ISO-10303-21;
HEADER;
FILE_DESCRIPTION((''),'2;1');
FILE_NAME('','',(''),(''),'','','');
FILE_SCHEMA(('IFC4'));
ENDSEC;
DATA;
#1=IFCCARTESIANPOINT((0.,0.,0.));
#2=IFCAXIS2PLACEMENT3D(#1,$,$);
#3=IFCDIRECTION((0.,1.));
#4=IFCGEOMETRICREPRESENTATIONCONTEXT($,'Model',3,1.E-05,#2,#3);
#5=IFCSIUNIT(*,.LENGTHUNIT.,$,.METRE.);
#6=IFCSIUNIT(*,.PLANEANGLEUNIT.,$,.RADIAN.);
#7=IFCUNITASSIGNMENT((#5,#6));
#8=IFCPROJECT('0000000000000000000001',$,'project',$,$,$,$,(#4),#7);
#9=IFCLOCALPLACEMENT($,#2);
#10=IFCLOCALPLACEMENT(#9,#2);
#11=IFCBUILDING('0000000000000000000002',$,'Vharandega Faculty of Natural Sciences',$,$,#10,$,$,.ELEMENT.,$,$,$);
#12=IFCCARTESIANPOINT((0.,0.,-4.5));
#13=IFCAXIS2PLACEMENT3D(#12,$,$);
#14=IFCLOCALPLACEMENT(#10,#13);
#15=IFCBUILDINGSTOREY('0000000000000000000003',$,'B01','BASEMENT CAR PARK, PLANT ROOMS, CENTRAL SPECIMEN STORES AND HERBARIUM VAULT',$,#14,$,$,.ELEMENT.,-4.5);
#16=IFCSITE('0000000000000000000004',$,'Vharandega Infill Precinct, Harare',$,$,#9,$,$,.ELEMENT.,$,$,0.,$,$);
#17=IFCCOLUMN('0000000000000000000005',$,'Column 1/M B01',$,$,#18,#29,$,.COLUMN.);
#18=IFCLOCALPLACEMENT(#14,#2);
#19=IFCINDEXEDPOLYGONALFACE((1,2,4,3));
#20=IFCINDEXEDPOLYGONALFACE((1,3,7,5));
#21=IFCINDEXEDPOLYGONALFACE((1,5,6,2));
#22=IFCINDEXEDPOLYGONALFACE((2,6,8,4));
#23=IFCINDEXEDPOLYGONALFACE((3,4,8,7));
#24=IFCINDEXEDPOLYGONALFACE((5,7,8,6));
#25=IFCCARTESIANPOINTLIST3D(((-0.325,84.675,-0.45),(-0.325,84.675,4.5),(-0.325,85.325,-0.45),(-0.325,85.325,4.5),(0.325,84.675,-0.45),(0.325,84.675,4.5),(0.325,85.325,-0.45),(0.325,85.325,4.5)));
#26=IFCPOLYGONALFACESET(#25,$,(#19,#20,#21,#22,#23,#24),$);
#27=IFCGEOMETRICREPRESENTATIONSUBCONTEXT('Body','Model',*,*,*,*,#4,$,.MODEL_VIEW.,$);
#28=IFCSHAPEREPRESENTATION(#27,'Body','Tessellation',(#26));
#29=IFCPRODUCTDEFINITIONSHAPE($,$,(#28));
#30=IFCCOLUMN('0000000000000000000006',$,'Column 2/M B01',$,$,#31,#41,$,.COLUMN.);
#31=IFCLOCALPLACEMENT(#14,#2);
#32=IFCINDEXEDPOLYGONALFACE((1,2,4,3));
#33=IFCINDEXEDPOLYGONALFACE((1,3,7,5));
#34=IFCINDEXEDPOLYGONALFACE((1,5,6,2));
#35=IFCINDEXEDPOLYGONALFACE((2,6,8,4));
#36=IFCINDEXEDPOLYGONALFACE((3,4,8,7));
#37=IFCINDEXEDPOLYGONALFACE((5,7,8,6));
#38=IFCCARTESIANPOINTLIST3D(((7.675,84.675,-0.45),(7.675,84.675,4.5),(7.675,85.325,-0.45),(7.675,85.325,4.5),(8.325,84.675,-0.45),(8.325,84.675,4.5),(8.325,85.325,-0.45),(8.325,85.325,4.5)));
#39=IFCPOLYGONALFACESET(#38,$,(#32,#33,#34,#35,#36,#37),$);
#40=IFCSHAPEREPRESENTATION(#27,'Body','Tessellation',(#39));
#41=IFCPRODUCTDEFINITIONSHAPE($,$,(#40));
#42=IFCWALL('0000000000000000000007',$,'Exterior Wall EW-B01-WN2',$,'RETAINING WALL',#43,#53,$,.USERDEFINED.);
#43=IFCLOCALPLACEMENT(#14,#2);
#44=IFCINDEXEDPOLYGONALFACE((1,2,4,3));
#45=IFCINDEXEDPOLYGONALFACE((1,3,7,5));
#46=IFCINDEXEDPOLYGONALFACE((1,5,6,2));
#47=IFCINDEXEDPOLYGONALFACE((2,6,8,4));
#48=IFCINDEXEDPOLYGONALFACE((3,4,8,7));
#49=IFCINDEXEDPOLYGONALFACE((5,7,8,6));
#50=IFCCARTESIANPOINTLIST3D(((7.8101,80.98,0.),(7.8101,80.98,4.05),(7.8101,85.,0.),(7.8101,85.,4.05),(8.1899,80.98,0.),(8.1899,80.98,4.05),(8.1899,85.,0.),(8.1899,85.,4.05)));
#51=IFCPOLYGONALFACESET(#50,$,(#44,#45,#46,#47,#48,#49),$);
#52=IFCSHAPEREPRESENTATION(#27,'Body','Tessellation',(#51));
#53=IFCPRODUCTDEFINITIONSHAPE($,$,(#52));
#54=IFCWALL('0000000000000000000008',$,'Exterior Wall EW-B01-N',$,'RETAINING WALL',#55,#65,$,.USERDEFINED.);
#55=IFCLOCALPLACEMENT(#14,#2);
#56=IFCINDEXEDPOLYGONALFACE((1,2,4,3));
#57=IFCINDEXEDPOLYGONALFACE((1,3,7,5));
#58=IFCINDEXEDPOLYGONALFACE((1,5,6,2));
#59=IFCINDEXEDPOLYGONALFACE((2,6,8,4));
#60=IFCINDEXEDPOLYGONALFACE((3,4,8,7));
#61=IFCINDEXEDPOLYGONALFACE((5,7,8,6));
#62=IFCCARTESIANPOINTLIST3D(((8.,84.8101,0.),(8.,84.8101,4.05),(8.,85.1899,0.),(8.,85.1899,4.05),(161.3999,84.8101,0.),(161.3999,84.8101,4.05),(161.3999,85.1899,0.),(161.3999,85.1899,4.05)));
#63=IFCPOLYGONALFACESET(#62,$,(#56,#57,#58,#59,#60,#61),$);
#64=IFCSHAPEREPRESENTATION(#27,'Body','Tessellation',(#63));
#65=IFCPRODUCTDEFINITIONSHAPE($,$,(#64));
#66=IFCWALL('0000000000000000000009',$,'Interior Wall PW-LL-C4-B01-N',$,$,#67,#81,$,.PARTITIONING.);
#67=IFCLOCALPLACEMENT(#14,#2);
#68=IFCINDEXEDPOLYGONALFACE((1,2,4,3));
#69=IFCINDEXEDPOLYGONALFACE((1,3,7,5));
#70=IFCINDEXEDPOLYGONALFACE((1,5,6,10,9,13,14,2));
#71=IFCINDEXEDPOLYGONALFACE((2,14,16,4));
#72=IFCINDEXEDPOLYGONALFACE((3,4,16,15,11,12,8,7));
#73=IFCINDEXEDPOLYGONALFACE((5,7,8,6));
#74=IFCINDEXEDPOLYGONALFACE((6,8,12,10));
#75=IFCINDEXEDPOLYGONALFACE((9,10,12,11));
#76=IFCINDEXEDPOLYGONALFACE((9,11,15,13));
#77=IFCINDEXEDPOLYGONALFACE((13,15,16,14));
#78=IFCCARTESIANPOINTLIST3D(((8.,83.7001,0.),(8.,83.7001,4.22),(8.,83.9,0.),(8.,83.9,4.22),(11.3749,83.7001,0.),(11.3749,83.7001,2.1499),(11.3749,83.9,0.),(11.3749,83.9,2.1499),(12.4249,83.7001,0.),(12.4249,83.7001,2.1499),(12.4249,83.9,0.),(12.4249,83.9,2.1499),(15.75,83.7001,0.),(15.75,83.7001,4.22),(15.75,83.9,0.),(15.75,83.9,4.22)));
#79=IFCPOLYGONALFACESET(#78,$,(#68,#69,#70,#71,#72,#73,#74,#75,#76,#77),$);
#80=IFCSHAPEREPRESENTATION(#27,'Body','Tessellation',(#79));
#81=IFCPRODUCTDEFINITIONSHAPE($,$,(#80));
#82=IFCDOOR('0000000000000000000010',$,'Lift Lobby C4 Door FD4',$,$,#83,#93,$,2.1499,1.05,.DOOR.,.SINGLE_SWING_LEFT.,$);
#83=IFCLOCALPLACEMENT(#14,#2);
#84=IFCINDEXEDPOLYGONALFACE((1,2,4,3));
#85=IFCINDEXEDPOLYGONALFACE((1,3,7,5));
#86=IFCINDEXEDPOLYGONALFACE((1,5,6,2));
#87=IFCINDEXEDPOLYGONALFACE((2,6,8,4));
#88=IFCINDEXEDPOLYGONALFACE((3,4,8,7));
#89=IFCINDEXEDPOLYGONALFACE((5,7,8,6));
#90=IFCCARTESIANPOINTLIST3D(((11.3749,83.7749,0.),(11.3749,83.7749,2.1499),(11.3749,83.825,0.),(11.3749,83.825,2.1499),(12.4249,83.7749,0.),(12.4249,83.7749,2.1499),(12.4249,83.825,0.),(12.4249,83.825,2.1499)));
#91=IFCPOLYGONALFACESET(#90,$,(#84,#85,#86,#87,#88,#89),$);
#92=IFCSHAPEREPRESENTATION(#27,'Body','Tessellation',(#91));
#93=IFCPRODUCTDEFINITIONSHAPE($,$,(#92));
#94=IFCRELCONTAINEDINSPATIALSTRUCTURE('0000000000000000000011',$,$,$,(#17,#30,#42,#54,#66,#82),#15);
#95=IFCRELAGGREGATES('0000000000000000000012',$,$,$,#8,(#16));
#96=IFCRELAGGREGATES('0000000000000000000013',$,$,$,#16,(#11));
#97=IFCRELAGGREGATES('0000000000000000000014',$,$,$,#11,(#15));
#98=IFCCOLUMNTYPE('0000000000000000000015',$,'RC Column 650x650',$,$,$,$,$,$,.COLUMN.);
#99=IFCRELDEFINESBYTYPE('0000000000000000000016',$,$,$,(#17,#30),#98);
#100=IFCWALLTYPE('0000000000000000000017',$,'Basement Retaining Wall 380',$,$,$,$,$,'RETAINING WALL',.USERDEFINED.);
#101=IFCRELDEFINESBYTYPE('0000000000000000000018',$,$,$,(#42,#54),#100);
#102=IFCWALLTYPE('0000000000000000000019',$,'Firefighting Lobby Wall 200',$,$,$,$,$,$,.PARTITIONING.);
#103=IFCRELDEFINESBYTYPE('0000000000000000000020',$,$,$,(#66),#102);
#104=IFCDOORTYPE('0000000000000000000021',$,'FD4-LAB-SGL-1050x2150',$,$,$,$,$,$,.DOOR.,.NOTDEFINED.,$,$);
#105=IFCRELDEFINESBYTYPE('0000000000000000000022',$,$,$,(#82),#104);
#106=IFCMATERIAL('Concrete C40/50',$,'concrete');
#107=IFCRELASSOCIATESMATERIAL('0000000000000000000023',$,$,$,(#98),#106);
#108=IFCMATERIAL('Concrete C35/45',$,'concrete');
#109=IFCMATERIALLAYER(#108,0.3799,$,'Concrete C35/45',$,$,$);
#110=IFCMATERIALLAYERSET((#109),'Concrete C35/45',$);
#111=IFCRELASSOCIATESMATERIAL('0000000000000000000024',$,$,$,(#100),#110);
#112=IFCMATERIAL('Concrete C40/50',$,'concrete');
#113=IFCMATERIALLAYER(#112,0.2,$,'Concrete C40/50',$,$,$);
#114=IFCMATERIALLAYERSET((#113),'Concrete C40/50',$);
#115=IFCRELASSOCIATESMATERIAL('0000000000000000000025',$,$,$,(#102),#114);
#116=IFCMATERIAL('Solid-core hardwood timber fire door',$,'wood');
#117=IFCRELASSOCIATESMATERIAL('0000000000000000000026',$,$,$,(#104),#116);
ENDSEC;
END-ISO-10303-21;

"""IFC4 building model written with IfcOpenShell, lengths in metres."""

from ifc_helpers import new_model, si_unit, direction, frame, frame_2d, origin, origin_2d, place, context, subcontext, project, spatial, rectangle, extrude, material, layer, layer_set, material_profile, profile_set, type_object, element, fill, save


model = new_model("IFC4")

# Units and contexts
model_context = context("Model", 3, precision=1e-05, world=origin(), true_north=direction((0.0, 1.0)))
body_context = subcontext(model_context, "Body", "Model", "MODEL_VIEW")
ifc_project = project(units=[si_unit("LENGTHUNIT", "METRE"), si_unit("PLANEANGLEUNIT", "RADIAN")], contexts=[model_context])

# Site, building, storey
site_placement = place(None, origin())
site = spatial("IfcSite", under=ifc_project, at=site_placement, Name="Vharandega Infill Precinct, Harare", CompositionType="ELEMENT", RefElevation=0.0)
building_placement = place(site_placement, origin())
building = spatial("IfcBuilding", under=site, at=building_placement, Name="Vharandega Faculty of Natural Sciences", CompositionType="ELEMENT")
storey_placement = place(building_placement, frame((0.0, 0.0, -4.5)))
storey = spatial("IfcBuildingStorey", under=building, at=storey_placement, Name="B01", Description="BASEMENT CAR PARK, PLANT ROOMS, CENTRAL SPECIMEN STORES AND HERBARIUM VAULT", CompositionType="ELEMENT", Elevation=-4.5)

# Columns
ifc_material_1 = material(Name="Concrete C40/50", Category="concrete")
ifc_material_profile_1 = material_profile(ifc_material_1, rectangle(XDim=0.6499, YDim=0.6499, at=origin_2d()), Name="RC 650x650")
ifc_profile_set_1 = profile_set([ifc_material_profile_1], Name="Concrete C40/50")
column_type = type_object("IfcColumnType", Name="RC Column 650x650", PredefinedType="COLUMN", material=ifc_profile_set_1)
for number, where, z_axis, x_axis, name in (
    (1, (0.0, 85.0, -0.45), (0.0, 0.0, 1.0), (1.0, 0.0, 0.0), "Column 1/M B01"),
    (2, (8.0, 85.0, -0.45), (0.0, 0.0, 1.0), (1.0, 0.0, 0.0), "Column 2/M B01"),
):
    element("IfcColumn", number, at=place(storey_placement, frame(where, z_axis=z_axis, x_axis=x_axis)), inside=storey, type_object=column_type, Name=name, PredefinedType="COLUMN", context=body_context, shape_type="SweptSolid", body=[
        extrude(rectangle(XDim=0.6499, YDim=0.6499, at=origin_2d()), origin(), (0.0, 0.0, 1.0), 4.95),
    ])

# Walls
ifc_material_2 = material(Name="Concrete C35/45", Category="concrete")
ifc_layer_1 = layer(ifc_material_2, 0.3799, Name="Concrete C35/45")
ifc_layer_set_1 = layer_set([ifc_layer_1], Name="Concrete C35/45")
wall_type_1 = type_object("IfcWallType", Name="Basement Retaining Wall 380", ElementType="RETAINING WALL", PredefinedType="USERDEFINED", material=ifc_layer_set_1)
wall_1_placement = place(storey_placement, frame((8.0, 80.98, 0.0), z_axis=(0.0, 0.0, 1.0), x_axis=(0.0, 1.0, 0.0)))
element("IfcWall", 3, at=wall_1_placement, inside=storey, type_object=wall_type_1, Name="Exterior Wall EW-B01-WN2", ObjectType="RETAINING WALL", PredefinedType="USERDEFINED", context=body_context, shape_type="SweptSolid", body=[
    extrude(rectangle(XDim=4.02, YDim=0.3799, at=frame_2d((2.01, 0.0))), origin(), (0.0, 0.0, 1.0), 4.05),
])
wall_2_placement = place(storey_placement, frame((8.0, 85.0, 0.0), z_axis=(0.0, 0.0, 1.0), x_axis=(1.0, 0.0, 0.0)))
element("IfcWall", 4, at=wall_2_placement, inside=storey, type_object=wall_type_1, Name="Exterior Wall EW-B01-N", ObjectType="RETAINING WALL", PredefinedType="USERDEFINED", context=body_context, shape_type="SweptSolid", body=[
    extrude(rectangle(XDim=153.3999, YDim=0.3799, at=frame_2d((76.7, 0.0))), origin(), (0.0, 0.0, 1.0), 4.05),
])

# Wall, opening, door
ifc_material_3 = material(Name="Concrete C40/50", Category="concrete")
ifc_layer_2 = layer(ifc_material_3, 0.2, Name="Concrete C40/50")
ifc_layer_set_2 = layer_set([ifc_layer_2], Name="Concrete C40/50")
wall_type_2 = type_object("IfcWallType", Name="Firefighting Lobby Wall 200", PredefinedType="PARTITIONING", material=ifc_layer_set_2)
wall_3_placement = place(storey_placement, frame((8.0, 83.8, 0.0), z_axis=(0.0, 0.0, 1.0), x_axis=(1.0, 0.0, 0.0)))
wall_3 = element("IfcWall", 5, at=wall_3_placement, inside=storey, type_object=wall_type_2, Name="Interior Wall PW-LL-C4-B01-N", PredefinedType="PARTITIONING", context=body_context, shape_type="SweptSolid", body=[
    extrude(rectangle(XDim=7.75, YDim=0.2, at=frame_2d((3.875, 0.0))), origin(), (0.0, 0.0, 1.0), 4.22),
])
opening_placement = place(wall_3_placement, frame((3.375, 0.0, 0.0)))
opening = element("IfcOpeningElement", 6, at=opening_placement, cuts=wall_3, PredefinedType="OPENING", context=body_context, shape_type="SweptSolid", body=[
    extrude(rectangle(XDim=1.05, YDim=2.1499, at=frame_2d((0.5249, 1.075))), frame((0.0, 0.1099, 0.0), z_axis=(0.0, -1.0, 0.0), x_axis=(1.0, 0.0, 0.0)), (0.0, 0.0, 1.0), 0.22),
])
ifc_material_4 = material(Name="Solid-core hardwood timber fire door", Category="wood")
door_type = type_object("IfcDoorType", Name="FD4-LAB-SGL-1050x2150", OperationType="NOTDEFINED", PredefinedType="DOOR", material=ifc_material_4)
door_placement = place(opening_placement, origin())
door = element("IfcDoor", 7, at=door_placement, inside=storey, type_object=door_type, Name="Lift Lobby C4 Door FD4", OperationType="SINGLE_SWING_LEFT", OverallHeight=2.1499, OverallWidth=1.05, PredefinedType="DOOR", context=body_context, shape_type="SweptSolid", body=[
    extrude(rectangle(XDim=1.05, YDim=2.1499, at=frame_2d((0.5249, 1.075))), frame((0.0, 0.0249, 0.0), z_axis=(0.0, -1.0, 0.0), x_axis=(1.0, 0.0, 0.0)), (0.0, 0.0, 1.0), 0.05),
])
fill(opening, door)

save(model, "model.ifc")
